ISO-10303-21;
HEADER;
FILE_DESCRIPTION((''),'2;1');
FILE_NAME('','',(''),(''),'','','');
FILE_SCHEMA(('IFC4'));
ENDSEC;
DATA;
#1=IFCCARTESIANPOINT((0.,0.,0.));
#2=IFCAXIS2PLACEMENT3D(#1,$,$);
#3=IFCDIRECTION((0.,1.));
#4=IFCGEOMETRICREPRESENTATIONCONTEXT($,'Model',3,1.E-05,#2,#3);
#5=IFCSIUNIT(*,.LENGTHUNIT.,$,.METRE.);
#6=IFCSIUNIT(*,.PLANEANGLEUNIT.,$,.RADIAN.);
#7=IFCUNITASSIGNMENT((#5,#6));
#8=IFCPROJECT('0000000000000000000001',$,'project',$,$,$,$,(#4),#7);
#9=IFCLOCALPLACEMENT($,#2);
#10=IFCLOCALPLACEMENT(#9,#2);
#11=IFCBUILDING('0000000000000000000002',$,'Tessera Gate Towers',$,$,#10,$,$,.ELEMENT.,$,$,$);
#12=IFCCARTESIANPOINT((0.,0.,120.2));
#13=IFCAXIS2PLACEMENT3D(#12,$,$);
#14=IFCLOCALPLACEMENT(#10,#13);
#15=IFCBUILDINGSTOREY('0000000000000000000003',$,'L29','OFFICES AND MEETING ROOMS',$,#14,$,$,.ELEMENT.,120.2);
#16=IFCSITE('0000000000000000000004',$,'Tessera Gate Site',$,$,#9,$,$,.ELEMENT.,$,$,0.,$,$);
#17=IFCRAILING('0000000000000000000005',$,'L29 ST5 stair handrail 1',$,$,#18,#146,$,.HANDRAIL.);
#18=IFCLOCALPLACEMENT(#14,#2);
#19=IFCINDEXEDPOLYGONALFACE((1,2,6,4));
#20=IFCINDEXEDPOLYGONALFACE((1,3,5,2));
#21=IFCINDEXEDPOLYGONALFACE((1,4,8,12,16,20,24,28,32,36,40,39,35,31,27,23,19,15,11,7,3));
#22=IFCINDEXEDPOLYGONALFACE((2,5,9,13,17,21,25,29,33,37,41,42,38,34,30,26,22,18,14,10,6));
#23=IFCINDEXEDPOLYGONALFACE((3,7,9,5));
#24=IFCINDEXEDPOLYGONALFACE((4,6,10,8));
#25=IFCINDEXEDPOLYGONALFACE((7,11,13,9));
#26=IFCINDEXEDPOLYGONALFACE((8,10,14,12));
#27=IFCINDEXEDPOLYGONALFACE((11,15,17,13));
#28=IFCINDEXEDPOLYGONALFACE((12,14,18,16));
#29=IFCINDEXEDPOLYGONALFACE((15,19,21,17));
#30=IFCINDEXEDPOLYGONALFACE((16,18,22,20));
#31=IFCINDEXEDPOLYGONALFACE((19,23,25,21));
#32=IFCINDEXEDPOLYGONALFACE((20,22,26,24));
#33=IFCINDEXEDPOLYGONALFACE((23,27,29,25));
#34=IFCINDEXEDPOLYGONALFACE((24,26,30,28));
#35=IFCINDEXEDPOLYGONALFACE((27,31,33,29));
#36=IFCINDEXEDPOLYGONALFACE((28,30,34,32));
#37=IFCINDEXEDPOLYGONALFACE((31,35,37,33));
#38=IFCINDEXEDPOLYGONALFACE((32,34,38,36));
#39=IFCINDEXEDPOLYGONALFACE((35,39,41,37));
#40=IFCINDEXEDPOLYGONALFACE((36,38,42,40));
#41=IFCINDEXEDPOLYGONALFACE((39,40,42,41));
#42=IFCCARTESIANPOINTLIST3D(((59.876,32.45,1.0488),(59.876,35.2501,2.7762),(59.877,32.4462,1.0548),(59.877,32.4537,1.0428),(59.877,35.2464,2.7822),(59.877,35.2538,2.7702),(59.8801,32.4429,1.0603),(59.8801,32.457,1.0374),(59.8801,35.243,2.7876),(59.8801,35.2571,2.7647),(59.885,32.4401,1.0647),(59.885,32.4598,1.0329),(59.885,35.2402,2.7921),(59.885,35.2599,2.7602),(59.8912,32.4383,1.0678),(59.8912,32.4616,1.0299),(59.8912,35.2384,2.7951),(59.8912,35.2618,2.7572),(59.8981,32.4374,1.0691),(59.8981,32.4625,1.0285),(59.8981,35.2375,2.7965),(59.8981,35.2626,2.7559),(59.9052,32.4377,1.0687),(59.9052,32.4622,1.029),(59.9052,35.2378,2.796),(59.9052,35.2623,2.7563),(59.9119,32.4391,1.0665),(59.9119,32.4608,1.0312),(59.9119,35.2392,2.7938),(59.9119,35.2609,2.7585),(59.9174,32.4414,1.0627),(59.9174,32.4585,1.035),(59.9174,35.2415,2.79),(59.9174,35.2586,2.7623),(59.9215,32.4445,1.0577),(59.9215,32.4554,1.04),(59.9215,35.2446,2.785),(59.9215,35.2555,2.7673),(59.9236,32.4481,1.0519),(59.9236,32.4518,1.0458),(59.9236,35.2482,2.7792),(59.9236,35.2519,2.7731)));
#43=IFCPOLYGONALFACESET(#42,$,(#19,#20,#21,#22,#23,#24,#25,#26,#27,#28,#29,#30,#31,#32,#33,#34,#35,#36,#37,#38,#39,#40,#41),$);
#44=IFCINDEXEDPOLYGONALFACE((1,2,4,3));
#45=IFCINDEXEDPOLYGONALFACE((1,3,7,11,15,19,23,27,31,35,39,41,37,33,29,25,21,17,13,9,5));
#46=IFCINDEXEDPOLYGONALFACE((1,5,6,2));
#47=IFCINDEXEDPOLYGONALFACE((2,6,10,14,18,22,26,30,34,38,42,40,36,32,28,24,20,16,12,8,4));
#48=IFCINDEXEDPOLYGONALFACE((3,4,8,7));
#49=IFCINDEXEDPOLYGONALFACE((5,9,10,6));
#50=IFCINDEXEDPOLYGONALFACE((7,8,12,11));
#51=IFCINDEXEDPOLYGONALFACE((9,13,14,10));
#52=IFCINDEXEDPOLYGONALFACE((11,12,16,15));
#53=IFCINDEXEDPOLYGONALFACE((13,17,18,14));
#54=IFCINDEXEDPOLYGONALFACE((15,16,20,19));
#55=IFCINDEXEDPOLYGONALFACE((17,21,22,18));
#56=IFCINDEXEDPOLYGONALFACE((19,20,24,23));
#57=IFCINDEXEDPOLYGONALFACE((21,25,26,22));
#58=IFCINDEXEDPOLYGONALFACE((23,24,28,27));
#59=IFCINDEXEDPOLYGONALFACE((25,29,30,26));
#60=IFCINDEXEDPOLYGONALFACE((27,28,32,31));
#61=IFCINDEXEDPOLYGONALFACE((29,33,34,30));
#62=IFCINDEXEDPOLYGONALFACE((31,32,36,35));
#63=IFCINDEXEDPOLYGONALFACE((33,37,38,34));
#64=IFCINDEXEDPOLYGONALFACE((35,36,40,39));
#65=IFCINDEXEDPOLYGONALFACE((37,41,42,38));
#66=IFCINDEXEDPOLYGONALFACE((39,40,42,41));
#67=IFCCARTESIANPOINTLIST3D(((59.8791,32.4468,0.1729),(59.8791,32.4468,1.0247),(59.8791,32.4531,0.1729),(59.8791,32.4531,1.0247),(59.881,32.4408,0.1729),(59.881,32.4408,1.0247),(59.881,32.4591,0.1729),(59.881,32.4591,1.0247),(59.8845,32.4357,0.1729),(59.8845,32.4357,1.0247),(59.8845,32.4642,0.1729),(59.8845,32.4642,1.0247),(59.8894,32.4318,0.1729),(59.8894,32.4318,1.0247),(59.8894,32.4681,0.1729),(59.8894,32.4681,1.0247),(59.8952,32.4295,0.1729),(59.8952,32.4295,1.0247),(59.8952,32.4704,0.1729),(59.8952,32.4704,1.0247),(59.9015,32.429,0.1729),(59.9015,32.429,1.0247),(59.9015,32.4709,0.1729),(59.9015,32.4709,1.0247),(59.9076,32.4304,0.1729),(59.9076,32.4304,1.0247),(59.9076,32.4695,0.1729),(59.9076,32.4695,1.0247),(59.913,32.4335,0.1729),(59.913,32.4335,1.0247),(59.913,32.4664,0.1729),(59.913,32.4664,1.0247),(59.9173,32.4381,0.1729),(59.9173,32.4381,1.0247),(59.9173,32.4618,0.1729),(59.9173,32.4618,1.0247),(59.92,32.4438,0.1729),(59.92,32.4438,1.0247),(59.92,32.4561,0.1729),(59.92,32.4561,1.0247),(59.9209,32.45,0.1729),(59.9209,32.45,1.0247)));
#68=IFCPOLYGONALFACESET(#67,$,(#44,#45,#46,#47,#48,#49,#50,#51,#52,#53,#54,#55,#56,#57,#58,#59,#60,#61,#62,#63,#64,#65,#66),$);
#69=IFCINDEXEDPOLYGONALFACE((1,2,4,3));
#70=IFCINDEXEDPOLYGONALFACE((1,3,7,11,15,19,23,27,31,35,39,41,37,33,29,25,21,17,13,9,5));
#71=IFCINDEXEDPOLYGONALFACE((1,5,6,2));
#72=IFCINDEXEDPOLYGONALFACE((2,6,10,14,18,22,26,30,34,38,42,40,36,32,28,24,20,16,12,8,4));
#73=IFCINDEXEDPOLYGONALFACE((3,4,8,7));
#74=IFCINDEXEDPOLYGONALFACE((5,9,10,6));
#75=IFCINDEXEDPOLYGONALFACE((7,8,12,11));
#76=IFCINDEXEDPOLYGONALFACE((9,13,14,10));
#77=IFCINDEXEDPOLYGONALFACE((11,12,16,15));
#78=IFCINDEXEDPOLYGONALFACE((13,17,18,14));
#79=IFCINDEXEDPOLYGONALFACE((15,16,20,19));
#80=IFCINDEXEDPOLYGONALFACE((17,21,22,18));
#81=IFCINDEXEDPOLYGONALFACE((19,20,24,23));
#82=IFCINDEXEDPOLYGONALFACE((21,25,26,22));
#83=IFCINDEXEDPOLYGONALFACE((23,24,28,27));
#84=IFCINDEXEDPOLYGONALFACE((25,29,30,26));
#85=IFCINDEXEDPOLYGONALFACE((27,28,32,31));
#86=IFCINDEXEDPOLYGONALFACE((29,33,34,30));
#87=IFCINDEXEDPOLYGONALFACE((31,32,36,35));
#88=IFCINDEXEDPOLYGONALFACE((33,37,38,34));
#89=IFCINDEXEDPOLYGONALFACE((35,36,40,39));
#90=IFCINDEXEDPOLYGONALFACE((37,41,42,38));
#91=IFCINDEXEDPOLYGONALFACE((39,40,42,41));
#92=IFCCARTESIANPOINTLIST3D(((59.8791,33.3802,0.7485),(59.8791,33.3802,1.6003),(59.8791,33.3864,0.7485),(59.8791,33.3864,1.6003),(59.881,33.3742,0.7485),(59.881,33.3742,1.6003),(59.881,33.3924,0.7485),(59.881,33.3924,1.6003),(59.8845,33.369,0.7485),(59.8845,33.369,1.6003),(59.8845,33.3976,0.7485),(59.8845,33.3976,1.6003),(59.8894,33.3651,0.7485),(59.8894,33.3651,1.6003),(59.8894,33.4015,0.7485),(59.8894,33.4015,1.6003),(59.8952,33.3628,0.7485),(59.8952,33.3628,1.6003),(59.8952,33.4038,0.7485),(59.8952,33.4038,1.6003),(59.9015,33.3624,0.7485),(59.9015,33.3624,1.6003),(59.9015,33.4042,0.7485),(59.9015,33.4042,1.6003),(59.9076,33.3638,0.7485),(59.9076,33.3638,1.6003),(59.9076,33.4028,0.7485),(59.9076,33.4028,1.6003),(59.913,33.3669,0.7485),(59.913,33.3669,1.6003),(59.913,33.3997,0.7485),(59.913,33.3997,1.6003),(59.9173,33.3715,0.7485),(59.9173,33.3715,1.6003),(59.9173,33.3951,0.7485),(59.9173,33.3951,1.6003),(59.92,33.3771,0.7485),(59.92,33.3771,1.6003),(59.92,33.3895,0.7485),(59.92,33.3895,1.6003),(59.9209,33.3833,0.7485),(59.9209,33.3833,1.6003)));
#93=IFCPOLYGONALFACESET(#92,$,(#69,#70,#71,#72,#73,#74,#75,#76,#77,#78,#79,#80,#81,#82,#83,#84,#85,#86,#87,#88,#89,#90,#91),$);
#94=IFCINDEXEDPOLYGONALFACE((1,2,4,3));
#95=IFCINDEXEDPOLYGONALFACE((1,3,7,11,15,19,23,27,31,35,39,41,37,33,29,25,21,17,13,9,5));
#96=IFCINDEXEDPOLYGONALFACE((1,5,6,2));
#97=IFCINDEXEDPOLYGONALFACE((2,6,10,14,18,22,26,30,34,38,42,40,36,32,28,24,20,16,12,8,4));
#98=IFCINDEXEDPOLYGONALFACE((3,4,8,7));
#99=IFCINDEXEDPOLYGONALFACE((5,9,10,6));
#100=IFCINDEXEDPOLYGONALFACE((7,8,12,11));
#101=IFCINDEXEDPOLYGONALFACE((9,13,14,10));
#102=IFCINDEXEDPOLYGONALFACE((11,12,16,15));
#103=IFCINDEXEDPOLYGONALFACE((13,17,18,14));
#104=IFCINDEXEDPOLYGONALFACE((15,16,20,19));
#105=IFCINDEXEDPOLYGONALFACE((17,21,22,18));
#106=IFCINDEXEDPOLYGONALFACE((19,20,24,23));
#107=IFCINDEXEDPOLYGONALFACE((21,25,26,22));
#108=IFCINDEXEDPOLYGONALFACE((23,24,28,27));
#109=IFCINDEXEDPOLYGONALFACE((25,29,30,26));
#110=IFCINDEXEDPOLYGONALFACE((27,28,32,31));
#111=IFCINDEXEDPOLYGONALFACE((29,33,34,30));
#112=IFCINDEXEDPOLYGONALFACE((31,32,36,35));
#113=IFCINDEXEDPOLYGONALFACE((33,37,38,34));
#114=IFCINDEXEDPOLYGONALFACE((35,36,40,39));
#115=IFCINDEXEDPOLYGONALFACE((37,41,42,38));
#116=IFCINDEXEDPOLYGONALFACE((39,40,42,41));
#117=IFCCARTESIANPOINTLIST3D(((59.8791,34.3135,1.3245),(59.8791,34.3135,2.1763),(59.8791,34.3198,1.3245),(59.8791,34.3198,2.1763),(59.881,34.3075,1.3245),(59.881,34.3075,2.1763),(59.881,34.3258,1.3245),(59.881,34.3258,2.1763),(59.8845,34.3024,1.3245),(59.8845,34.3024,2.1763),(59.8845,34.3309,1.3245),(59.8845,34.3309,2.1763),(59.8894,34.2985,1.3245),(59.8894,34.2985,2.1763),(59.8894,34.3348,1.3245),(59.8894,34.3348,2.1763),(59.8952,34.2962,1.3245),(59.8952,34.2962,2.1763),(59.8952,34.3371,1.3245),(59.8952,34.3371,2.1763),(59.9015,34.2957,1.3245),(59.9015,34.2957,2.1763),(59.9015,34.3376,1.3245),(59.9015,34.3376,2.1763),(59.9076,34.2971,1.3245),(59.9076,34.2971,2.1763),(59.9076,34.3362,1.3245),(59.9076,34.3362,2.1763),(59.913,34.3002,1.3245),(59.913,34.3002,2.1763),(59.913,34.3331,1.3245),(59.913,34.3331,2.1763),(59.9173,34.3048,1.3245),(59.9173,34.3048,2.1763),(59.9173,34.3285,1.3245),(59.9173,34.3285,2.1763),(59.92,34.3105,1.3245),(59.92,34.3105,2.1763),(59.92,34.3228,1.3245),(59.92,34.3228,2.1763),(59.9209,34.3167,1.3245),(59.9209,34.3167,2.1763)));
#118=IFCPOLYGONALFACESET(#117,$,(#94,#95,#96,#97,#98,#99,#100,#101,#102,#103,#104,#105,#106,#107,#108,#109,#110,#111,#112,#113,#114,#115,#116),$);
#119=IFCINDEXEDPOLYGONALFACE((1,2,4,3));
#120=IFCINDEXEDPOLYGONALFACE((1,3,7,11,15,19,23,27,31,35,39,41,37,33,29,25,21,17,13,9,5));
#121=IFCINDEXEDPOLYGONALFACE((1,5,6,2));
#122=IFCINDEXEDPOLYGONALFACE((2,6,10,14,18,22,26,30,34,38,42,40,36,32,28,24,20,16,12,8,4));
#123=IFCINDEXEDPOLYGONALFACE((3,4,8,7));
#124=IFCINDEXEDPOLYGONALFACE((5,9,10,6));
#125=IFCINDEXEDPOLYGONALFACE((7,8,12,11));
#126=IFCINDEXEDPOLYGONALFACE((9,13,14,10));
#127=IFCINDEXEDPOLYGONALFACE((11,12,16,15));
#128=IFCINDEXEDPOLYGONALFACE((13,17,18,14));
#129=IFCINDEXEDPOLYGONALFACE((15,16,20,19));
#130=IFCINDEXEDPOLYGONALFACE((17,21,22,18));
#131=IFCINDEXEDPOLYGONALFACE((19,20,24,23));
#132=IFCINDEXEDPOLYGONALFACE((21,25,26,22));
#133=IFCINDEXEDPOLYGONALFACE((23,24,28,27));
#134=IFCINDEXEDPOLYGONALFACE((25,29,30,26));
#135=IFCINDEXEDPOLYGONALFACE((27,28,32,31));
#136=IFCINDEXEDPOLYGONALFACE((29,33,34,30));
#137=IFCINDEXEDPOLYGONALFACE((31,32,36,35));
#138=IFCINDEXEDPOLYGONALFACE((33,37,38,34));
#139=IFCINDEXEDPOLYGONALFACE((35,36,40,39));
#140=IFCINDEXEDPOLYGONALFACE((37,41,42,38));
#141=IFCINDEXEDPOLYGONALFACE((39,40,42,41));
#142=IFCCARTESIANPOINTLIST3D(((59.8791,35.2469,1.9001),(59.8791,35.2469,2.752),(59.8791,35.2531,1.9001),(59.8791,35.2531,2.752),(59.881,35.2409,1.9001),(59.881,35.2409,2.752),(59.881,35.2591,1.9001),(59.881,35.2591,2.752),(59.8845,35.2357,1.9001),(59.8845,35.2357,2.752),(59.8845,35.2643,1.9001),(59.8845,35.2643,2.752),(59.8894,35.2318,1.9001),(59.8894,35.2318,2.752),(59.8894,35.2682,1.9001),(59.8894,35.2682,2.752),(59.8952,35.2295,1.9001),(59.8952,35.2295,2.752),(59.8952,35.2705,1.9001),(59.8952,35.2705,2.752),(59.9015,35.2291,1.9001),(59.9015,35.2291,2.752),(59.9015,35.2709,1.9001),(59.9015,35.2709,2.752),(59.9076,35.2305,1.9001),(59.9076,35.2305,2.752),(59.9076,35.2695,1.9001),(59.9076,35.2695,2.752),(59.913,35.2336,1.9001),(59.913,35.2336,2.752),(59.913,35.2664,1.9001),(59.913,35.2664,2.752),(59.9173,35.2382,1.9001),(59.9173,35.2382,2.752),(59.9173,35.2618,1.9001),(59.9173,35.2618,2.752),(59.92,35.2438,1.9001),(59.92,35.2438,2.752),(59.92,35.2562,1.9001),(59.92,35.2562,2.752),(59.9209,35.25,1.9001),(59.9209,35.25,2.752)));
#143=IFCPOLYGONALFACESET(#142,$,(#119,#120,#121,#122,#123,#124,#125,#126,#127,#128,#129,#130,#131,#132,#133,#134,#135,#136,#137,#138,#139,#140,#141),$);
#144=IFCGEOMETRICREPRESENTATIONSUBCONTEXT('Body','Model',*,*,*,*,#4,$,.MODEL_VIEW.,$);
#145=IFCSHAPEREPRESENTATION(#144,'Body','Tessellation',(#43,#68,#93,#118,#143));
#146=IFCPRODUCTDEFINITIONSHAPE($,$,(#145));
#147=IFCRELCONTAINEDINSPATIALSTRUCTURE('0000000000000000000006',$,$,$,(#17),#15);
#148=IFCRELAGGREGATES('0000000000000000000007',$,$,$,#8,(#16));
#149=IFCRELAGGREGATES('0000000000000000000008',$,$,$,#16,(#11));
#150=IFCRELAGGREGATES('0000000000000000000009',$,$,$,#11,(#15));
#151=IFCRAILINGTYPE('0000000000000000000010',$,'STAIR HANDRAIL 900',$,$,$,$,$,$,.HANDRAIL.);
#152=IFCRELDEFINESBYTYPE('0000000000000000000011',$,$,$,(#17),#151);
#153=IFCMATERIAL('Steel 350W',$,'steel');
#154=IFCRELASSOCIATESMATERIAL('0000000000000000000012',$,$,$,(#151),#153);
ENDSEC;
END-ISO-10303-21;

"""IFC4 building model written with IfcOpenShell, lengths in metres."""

from ifc_helpers import new_model, si_unit, direction, frame, origin, origin_2d, place, context, subcontext, project, spatial, circle, extrude, material, type_object, element, save


model = new_model("IFC4")

# Units and contexts
model_context = context("Model", 3, precision=1e-05, world=origin(), true_north=direction((0.0, 1.0)))
body_context = subcontext(model_context, "Body", "Model", "MODEL_VIEW")
ifc_project = project(units=[si_unit("LENGTHUNIT", "METRE"), si_unit("PLANEANGLEUNIT", "RADIAN")], contexts=[model_context])

# Site, building, storey
site_placement = place(None, origin())
site = spatial("IfcSite", under=ifc_project, at=site_placement, Name="Tessera Gate Site", CompositionType="ELEMENT", RefElevation=0.0)
building_placement = place(site_placement, origin())
building = spatial("IfcBuilding", under=site, at=building_placement, Name="Tessera Gate Towers", CompositionType="ELEMENT")
storey_placement = place(building_placement, frame((0.0, 0.0, 120.2)))
storey = spatial("IfcBuildingStorey", under=building, at=storey_placement, Name="L29", Description="OFFICES AND MEETING ROOMS", CompositionType="ELEMENT", Elevation=120.2)

# Railing
ifc_material_1 = material(Name="Steel 350W", Category="steel")
railing_type_1 = type_object("IfcRailingType", Name="STAIR HANDRAIL 900", PredefinedType="HANDRAIL", material=ifc_material_1)
railing_1_placement = place(storey_placement, frame((59.8999, 32.45, 0.1729)))
element("IfcRailing", 1, at=railing_1_placement, inside=storey, type_object=railing_type_1, Name="L29 ST5 stair handrail 1", PredefinedType="HANDRAIL", context=body_context, shape_type="SweptSolid", body=[
    extrude(circle(Radius=0.0239, at=origin_2d()), frame((0.0, 0.0, 0.876), z_axis=(0.0, 0.85109, 0.52502), x_axis=(-1.0, 0.0, 0.0)), (0.0, 0.0, 1.0), 3.29),
    extrude(circle(Radius=0.021, at=origin_2d()), origin(), (0.0, 0.0, 1.0), 0.8518),
    extrude(circle(Radius=0.021, at=origin_2d()), frame((0.0, 0.9333, 0.5757)), (0.0, 0.0, 1.0), 0.8518),
    extrude(circle(Radius=0.021, at=origin_2d()), frame((0.0, 1.8667, 1.1516)), (0.0, 0.0, 1.0), 0.8518),
    extrude(circle(Radius=0.021, at=origin_2d()), frame((0.0, 2.8, 1.7273)), (0.0, 0.0, 1.0), 0.8518),
])

save(model, "model.ifc")
